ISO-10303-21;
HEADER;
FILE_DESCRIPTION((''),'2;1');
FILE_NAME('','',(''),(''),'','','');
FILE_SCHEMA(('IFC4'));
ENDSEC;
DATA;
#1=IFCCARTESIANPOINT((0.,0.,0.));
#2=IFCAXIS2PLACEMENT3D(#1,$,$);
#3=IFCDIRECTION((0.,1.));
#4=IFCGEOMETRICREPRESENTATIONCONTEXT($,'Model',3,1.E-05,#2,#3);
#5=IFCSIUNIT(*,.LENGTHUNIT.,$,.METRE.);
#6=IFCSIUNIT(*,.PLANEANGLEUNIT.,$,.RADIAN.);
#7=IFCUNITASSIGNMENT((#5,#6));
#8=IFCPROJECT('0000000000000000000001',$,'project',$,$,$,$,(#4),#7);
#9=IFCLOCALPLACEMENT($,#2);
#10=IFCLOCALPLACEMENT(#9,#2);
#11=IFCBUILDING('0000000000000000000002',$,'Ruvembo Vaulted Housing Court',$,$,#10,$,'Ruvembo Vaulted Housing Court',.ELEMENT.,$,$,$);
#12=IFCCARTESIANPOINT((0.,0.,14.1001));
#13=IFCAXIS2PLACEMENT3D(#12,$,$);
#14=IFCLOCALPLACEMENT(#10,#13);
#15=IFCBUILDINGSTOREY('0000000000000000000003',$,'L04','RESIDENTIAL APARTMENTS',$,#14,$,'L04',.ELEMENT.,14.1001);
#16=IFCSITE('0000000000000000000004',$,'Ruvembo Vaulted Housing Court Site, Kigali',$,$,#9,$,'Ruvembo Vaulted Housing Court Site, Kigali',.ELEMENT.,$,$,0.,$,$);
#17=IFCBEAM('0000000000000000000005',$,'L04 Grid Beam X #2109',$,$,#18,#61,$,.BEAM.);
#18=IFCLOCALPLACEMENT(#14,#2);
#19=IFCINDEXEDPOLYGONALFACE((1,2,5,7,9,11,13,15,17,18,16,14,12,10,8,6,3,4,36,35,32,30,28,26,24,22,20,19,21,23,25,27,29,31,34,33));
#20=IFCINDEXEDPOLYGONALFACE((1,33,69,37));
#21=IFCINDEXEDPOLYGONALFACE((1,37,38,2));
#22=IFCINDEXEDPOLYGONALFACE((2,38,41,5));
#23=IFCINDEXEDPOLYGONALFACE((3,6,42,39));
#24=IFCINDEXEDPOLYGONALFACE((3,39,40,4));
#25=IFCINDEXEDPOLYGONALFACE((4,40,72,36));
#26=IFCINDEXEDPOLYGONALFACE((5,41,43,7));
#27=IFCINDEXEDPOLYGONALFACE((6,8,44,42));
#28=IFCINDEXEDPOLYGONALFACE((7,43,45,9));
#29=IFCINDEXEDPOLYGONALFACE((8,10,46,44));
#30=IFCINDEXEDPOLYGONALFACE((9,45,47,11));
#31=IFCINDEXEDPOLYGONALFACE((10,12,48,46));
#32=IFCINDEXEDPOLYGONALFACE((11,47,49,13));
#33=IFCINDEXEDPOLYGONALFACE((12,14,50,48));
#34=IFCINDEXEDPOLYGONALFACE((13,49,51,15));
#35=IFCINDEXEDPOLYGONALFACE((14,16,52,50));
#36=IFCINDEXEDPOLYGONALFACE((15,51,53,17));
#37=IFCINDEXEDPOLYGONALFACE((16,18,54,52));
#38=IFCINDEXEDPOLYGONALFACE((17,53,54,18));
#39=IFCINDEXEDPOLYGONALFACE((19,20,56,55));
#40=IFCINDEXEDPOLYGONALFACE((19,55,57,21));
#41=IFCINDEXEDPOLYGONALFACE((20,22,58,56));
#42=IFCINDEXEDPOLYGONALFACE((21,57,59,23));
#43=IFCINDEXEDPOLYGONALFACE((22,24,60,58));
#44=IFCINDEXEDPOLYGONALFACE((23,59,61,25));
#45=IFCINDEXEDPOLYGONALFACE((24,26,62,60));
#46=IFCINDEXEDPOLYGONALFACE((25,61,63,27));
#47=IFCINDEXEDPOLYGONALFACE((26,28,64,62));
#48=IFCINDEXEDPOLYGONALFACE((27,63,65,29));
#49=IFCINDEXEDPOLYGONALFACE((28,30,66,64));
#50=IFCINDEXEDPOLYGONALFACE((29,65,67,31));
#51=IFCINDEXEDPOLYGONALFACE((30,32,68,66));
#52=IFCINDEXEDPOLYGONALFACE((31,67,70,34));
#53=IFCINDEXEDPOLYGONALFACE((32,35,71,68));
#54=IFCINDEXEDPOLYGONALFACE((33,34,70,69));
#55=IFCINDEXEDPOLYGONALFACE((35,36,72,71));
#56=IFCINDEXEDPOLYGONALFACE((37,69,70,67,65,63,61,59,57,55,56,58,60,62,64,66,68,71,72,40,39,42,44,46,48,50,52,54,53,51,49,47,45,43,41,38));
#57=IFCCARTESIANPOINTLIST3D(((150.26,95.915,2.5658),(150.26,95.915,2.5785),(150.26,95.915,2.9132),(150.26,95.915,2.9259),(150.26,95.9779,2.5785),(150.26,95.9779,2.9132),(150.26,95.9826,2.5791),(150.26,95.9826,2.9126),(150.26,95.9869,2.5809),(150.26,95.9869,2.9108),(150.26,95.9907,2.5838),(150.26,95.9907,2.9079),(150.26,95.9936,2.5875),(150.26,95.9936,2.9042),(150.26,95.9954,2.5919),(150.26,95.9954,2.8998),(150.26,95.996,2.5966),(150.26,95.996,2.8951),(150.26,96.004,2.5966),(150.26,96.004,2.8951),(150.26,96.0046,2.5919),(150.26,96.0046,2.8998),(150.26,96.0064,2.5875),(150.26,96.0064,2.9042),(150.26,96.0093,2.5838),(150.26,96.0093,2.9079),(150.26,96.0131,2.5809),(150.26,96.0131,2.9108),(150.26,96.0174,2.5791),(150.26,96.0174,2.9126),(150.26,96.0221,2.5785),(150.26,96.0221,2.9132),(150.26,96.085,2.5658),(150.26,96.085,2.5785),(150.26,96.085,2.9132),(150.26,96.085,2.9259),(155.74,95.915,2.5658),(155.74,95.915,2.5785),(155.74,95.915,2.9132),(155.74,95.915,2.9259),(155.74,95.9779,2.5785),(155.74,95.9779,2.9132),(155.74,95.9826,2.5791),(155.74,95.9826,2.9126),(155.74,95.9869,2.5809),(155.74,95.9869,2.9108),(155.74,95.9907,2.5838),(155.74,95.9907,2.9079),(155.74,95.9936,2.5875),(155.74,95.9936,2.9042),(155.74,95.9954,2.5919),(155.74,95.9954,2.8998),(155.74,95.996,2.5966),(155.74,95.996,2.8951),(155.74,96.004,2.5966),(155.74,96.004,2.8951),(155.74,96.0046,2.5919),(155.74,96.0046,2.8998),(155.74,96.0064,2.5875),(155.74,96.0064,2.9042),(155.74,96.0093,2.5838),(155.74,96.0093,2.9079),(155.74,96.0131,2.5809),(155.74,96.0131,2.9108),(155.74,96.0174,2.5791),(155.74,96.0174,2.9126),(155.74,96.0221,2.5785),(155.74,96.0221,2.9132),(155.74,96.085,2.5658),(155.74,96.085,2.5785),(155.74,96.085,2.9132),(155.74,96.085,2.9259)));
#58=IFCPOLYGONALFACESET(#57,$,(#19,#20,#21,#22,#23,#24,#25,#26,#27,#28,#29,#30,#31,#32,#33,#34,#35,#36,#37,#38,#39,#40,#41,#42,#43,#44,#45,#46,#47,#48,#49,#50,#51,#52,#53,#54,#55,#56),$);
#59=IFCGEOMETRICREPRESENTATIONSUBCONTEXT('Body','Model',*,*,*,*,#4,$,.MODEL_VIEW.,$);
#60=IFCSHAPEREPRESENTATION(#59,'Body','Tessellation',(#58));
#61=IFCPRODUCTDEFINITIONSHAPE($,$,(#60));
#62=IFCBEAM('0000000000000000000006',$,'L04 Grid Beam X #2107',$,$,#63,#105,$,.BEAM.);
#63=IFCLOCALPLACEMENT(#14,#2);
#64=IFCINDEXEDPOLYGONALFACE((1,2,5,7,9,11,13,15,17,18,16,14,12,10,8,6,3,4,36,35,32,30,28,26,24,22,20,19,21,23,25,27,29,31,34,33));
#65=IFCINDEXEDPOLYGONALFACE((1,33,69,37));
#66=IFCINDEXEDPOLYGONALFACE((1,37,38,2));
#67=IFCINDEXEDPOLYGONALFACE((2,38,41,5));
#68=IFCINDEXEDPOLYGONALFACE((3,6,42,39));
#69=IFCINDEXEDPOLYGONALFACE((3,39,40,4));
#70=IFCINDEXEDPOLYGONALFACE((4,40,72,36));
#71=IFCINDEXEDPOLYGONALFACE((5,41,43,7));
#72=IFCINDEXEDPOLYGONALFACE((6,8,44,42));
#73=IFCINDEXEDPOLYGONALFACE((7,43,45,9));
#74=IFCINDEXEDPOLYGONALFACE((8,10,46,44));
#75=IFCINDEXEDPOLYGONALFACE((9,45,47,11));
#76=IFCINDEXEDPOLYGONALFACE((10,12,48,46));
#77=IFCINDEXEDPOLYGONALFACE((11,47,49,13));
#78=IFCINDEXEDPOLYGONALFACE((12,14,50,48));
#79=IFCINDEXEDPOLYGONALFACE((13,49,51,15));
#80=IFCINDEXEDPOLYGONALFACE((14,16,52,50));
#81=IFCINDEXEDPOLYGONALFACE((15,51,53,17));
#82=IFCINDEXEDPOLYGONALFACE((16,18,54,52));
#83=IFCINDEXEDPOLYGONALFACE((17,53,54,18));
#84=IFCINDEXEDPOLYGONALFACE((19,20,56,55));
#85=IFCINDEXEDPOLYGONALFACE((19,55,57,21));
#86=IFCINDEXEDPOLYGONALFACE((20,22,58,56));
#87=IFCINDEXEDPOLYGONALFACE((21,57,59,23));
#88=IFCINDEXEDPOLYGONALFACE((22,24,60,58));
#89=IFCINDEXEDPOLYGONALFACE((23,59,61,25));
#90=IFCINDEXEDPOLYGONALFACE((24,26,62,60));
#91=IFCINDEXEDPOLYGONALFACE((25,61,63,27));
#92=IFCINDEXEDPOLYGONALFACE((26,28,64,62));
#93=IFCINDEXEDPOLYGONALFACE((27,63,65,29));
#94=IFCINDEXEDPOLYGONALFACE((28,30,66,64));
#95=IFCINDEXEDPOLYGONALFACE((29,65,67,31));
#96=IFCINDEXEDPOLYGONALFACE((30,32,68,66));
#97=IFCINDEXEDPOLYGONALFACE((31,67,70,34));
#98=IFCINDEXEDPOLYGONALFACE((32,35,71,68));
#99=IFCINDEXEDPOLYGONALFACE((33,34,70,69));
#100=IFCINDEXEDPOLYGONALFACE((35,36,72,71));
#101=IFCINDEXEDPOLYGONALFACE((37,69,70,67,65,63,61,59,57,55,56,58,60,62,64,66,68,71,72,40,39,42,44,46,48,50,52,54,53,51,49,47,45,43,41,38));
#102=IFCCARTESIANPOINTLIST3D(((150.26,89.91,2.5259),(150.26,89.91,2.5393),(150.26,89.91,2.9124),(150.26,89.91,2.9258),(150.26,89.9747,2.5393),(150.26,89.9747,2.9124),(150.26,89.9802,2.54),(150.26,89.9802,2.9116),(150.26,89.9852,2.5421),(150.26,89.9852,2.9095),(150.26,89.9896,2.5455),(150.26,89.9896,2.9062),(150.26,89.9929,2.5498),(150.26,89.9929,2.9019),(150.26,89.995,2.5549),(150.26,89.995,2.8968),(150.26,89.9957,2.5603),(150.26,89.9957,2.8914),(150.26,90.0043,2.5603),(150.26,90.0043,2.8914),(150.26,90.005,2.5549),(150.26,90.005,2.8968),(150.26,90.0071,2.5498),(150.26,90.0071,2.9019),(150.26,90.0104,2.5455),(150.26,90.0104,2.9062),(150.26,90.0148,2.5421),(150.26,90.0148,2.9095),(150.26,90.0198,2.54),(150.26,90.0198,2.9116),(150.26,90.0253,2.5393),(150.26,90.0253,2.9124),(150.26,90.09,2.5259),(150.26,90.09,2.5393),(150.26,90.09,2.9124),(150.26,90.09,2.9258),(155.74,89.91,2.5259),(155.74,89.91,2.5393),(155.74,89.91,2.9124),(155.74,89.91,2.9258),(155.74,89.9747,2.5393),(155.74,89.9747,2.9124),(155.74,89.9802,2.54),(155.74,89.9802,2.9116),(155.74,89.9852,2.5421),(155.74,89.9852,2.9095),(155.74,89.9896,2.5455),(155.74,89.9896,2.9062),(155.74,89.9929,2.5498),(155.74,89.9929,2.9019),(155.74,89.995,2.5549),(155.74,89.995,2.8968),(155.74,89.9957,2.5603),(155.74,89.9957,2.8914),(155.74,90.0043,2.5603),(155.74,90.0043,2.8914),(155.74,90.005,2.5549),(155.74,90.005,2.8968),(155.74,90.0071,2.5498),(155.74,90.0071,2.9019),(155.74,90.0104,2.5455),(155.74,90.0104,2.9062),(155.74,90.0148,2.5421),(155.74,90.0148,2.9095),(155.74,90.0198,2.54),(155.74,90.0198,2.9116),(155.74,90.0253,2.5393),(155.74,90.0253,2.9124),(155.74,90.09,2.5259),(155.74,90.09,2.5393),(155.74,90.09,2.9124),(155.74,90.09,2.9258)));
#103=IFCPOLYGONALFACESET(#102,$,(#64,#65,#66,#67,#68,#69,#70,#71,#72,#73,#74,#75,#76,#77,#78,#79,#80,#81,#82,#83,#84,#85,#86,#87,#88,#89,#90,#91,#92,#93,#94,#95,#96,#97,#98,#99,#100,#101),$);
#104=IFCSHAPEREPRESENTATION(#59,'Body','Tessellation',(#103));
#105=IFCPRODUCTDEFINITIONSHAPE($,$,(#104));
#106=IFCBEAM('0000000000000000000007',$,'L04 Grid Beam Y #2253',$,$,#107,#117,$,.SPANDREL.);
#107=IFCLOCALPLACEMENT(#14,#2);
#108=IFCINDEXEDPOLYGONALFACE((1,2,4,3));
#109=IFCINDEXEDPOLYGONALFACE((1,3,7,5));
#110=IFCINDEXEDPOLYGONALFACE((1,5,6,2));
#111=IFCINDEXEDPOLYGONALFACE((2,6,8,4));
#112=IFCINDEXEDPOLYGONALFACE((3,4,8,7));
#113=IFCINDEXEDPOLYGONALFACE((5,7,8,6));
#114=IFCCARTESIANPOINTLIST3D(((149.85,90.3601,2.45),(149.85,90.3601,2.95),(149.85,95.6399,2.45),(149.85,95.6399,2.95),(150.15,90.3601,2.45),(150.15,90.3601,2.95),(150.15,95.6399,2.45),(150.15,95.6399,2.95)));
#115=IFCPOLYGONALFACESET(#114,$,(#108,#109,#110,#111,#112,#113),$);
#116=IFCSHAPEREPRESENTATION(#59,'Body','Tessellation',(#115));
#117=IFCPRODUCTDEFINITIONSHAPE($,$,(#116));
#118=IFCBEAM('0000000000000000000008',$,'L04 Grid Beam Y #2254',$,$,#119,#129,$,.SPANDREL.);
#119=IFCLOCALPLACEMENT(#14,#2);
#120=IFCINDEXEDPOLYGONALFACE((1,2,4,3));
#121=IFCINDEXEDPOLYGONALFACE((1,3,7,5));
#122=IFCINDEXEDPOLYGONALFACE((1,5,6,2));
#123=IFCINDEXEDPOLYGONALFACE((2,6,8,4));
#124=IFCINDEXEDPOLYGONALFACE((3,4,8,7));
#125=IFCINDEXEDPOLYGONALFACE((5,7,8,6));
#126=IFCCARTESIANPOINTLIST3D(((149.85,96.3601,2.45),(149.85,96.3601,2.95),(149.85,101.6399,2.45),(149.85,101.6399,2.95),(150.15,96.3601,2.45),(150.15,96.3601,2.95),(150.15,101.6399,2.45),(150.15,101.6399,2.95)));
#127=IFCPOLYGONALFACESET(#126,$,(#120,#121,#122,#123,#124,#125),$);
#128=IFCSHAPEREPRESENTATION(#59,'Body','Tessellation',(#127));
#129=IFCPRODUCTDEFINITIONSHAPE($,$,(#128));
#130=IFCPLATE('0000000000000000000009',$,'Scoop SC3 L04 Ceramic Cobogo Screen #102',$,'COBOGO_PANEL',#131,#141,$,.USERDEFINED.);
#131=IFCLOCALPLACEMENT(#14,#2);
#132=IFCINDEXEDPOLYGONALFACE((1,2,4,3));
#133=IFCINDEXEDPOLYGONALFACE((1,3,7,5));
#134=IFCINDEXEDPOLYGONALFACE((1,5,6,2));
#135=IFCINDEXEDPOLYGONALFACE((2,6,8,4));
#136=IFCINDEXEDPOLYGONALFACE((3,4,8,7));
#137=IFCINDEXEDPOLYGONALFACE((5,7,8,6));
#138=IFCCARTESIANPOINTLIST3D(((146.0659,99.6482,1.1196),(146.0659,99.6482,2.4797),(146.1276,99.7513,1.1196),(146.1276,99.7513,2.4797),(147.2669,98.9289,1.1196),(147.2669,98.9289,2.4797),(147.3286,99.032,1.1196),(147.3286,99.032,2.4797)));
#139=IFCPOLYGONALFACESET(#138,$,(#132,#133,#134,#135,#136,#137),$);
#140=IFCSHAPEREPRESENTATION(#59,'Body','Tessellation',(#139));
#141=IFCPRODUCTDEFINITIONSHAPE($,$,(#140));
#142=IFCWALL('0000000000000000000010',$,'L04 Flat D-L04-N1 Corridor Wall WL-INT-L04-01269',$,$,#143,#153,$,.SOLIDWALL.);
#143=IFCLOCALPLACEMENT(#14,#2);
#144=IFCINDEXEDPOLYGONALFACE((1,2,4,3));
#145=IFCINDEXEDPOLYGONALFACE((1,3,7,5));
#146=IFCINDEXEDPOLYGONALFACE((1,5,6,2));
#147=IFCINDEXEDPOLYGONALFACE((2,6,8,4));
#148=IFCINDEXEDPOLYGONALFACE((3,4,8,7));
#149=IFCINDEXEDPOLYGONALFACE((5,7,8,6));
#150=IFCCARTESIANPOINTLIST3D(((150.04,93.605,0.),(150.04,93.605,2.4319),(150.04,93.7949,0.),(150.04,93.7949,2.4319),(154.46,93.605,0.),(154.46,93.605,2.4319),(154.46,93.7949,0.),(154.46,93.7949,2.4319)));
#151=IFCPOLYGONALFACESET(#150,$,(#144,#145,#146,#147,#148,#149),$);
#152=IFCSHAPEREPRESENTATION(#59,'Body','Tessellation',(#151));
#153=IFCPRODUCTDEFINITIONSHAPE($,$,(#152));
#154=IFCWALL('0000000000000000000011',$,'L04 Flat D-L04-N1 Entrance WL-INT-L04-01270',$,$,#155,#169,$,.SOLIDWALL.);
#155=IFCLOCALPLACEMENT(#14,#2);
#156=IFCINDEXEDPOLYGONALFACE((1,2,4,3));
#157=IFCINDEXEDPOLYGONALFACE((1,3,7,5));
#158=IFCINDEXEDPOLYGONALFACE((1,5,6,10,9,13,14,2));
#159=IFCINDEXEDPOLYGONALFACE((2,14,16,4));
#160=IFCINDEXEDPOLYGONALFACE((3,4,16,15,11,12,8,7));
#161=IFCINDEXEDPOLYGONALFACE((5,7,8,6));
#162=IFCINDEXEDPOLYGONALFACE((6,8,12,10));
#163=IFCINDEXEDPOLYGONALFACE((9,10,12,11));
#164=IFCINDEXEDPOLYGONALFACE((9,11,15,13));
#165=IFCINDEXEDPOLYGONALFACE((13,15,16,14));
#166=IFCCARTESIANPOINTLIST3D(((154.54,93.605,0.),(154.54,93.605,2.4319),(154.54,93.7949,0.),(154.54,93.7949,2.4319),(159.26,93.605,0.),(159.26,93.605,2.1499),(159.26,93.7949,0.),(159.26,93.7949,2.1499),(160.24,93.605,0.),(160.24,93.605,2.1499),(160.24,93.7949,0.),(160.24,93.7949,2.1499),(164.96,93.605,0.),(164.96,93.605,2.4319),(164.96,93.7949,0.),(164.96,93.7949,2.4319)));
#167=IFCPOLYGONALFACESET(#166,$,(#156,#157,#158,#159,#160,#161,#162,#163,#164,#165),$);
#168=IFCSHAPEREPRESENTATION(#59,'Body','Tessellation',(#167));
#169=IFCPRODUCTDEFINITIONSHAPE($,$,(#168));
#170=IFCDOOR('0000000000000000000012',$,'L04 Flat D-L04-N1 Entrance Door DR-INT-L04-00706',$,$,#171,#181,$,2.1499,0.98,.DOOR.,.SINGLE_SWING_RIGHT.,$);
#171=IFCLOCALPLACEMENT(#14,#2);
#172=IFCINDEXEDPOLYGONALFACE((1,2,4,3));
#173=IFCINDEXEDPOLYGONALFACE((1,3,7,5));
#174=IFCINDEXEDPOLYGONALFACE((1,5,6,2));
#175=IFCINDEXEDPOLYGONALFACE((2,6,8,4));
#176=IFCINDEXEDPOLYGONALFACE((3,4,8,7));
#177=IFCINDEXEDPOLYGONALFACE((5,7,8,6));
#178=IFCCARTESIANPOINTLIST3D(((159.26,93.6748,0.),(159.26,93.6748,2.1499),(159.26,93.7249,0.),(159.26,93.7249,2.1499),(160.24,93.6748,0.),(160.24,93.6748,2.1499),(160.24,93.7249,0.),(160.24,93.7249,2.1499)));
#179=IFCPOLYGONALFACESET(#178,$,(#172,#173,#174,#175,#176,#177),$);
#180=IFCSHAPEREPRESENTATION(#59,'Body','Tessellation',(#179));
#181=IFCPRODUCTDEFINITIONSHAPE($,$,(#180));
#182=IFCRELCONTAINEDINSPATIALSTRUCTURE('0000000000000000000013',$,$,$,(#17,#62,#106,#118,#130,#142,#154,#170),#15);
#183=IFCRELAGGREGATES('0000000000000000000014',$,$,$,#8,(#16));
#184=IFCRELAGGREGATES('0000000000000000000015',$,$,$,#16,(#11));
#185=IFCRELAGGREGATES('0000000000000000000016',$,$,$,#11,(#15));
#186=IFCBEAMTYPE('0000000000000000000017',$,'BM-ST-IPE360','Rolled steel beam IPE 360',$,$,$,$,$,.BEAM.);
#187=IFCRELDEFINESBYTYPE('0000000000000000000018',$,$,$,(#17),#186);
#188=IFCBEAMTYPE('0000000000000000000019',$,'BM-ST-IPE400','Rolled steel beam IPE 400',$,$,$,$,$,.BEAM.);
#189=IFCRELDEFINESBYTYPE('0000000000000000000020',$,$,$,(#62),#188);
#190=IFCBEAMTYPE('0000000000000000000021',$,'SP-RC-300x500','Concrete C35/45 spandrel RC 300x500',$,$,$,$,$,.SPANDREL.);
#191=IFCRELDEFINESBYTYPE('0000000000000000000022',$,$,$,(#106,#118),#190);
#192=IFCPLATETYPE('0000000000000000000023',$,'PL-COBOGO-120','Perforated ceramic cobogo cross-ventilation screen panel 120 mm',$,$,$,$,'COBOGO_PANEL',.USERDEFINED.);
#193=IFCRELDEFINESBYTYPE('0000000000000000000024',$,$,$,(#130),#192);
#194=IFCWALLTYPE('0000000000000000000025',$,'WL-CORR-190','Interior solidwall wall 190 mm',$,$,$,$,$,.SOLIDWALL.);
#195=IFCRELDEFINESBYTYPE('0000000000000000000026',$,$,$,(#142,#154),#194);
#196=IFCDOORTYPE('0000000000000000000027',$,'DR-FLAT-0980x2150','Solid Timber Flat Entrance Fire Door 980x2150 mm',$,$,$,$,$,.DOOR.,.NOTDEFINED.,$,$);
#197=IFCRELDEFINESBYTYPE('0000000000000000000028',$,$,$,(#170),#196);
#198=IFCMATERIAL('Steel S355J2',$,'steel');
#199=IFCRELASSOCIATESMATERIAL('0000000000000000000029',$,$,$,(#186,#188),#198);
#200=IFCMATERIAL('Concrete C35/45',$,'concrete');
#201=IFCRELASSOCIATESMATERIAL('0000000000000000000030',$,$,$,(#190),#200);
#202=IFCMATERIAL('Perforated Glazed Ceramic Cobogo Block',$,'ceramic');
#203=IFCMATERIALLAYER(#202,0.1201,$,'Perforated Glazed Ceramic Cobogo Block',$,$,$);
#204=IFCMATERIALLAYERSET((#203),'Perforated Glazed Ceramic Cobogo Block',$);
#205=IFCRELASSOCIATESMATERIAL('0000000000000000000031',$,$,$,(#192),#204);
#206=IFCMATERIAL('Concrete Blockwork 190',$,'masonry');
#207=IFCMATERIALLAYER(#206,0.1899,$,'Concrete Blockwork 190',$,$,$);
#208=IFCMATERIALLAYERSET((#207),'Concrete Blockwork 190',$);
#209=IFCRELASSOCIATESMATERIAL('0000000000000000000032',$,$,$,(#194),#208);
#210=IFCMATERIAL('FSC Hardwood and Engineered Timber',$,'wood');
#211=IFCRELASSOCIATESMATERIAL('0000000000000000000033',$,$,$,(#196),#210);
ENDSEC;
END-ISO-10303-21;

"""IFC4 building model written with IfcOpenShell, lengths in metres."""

from ifc_helpers import new_model, si_unit, direction, frame, frame_2d, origin, origin_2d, place, context, subcontext, project, spatial, rectangle, i_section, extrude, material, layer, layer_set, material_profile, profile_set, type_object, element, fill, save


model = new_model("IFC4")

# Units and contexts
model_context = context("Model", 3, precision=1e-05, world=origin(), true_north=direction((0.0, 1.0)))
body_context = subcontext(model_context, "Body", "Model", "MODEL_VIEW")
ifc_project = project(units=[si_unit("LENGTHUNIT", "METRE"), si_unit("PLANEANGLEUNIT", "RADIAN")], contexts=[model_context])

# Site, building, storey
site_placement = place(None, origin())
site = spatial("IfcSite", under=ifc_project, at=site_placement, Name="Ruvembo Vaulted Housing Court Site, Kigali", LongName="Ruvembo Vaulted Housing Court Site, Kigali", CompositionType="ELEMENT", RefElevation=0.0)
building_placement = place(site_placement, origin())
building = spatial("IfcBuilding", under=site, at=building_placement, Name="Ruvembo Vaulted Housing Court", LongName="Ruvembo Vaulted Housing Court", CompositionType="ELEMENT")
storey_placement = place(building_placement, frame((0.0, 0.0, 14.1001)))
storey = spatial("IfcBuildingStorey", under=building, at=storey_placement, Name="L04", Description="RESIDENTIAL APARTMENTS", LongName="L04", CompositionType="ELEMENT", Elevation=14.1001)

# Shared definitions
ifc_material_1 = material(Name="Concrete C35/45", Category="concrete")

# Beams
ifc_material_2 = material(Name="Steel S355J2", Category="steel")
ifc_material_profile_1 = material_profile(ifc_material_2, i_section(OverallWidth=0.1699, OverallDepth=0.3601, WebThickness=0.0081, FlangeThickness=0.0127, FilletRadius=0.0181, at=origin_2d()), Name="IPE 360")
ifc_profile_set_1 = profile_set([ifc_material_profile_1], Name="Steel S355J2")
beam_type_1 = type_object("IfcBeamType", Name="BM-ST-IPE360", Description="Rolled steel beam IPE 360", PredefinedType="BEAM", material=ifc_profile_set_1)
beam_1_placement = place(storey_placement, frame((150.26, 96.0, 2.7458), z_axis=(1.0, 0.0, 0.0), x_axis=(0.0, 1.0, 0.0)))
element("IfcBeam", 1, at=beam_1_placement, inside=storey, type_object=beam_type_1, Name="L04 Grid Beam X #2109", PredefinedType="BEAM", context=body_context, shape_type="SweptSolid", body=[
    extrude(i_section(OverallWidth=0.1699, OverallDepth=0.3601, WebThickness=0.0081, FlangeThickness=0.0127, FilletRadius=0.0181, at=origin_2d()), origin(), (0.0, 0.0, 1.0), 5.48),
])
ifc_material_profile_2 = material_profile(ifc_material_2, i_section(OverallWidth=0.1799, OverallDepth=0.3999, WebThickness=0.0085, FlangeThickness=0.0134, FilletRadius=0.021, at=origin_2d()), Name="IPE 400")
ifc_profile_set_2 = profile_set([ifc_material_profile_2], Name="Steel S355J2")
beam_type_2 = type_object("IfcBeamType", Name="BM-ST-IPE400", Description="Rolled steel beam IPE 400", PredefinedType="BEAM", material=ifc_profile_set_2)
beam_2_placement = place(storey_placement, frame((150.26, 90.0, 2.7258), z_axis=(1.0, 0.0, 0.0), x_axis=(0.0, 1.0, 0.0)))
element("IfcBeam", 2, at=beam_2_placement, inside=storey, type_object=beam_type_2, Name="L04 Grid Beam X #2107", PredefinedType="BEAM", context=body_context, shape_type="SweptSolid", body=[
    extrude(i_section(OverallWidth=0.1799, OverallDepth=0.3999, WebThickness=0.0085, FlangeThickness=0.0134, FilletRadius=0.021, at=origin_2d()), origin(), (0.0, 0.0, 1.0), 5.48),
])
ifc_material_profile_3 = material_profile(ifc_material_1, rectangle(XDim=0.3, YDim=0.5, at=origin_2d()), Name="RC 300x500")
ifc_profile_set_3 = profile_set([ifc_material_profile_3], Name="Concrete C35/45")
beam_type_3 = type_object("IfcBeamType", Name="SP-RC-300x500", Description="Concrete C35/45 spandrel RC 300x500", PredefinedType="SPANDREL", material=ifc_profile_set_3)
for number, where, z_axis, x_axis, name in (
    (3, (150.0, 90.3601, 2.7), (0.0, 1.0, 0.0), (-1.0, 0.0, 0.0), "L04 Grid Beam Y #2253"),
    (4, (150.0, 96.3601, 2.7), (0.0, 1.0, 0.0), (-1.0, 0.0, 0.0), "L04 Grid Beam Y #2254"),
):
    element("IfcBeam", number, at=place(storey_placement, frame(where, z_axis=z_axis, x_axis=x_axis)), inside=storey, type_object=beam_type_3, Name=name, PredefinedType="SPANDREL", context=body_context, shape_type="SweptSolid", body=[
        extrude(rectangle(XDim=0.3, YDim=0.5, at=origin_2d()), origin(), (0.0, 0.0, 1.0), 5.2798),
    ])

# Plate
ifc_material_3 = material(Name="Perforated Glazed Ceramic Cobogo Block", Category="ceramic")
ifc_layer_1 = layer(ifc_material_3, 0.1201, Name="Perforated Glazed Ceramic Cobogo Block")
ifc_layer_set_1 = layer_set([ifc_layer_1], Name="Perforated Glazed Ceramic Cobogo Block")
plate_type = type_object("IfcPlateType", Name="PL-COBOGO-120", Description="Perforated ceramic cobogo cross-ventilation screen panel 120 mm", ElementType="COBOGO_PANEL", PredefinedType="USERDEFINED", material=ifc_layer_set_1)
plate_placement = place(storey_placement, frame((146.6973, 99.3401, 1.1196), z_axis=(0.0, 0.0, 1.0), x_axis=(0.857895, -0.513826, 0.0)))
element("IfcPlate", 5, at=plate_placement, inside=storey, type_object=plate_type, Name="Scoop SC3 L04 Ceramic Cobogo Screen #102", ObjectType="COBOGO_PANEL", PredefinedType="USERDEFINED", context=body_context, shape_type="SweptSolid", body=[
    extrude(rectangle(XDim=1.3999, YDim=0.1201, at=origin_2d()), origin(), (0.0, 0.0, 1.0), 1.3601),
])

# Wall
ifc_material_4 = material(Name="Concrete Blockwork 190", Category="masonry")
ifc_layer_2 = layer(ifc_material_4, 0.1899, Name="Concrete Blockwork 190")
ifc_layer_set_2 = layer_set([ifc_layer_2], Name="Concrete Blockwork 190")
wall_type_1 = type_object("IfcWallType", Name="WL-CORR-190", Description="Interior solidwall wall 190 mm", PredefinedType="SOLIDWALL", material=ifc_layer_set_2)
wall_1_placement = place(storey_placement, frame((150.04, 93.7, 0.0), z_axis=(0.0, 0.0, 1.0), x_axis=(1.0, 0.0, 0.0)))
element("IfcWall", 6, at=wall_1_placement, inside=storey, type_object=wall_type_1, Name="L04 Flat D-L04-N1 Corridor Wall WL-INT-L04-01269", PredefinedType="SOLIDWALL", context=body_context, shape_type="SweptSolid", body=[
    extrude(rectangle(XDim=4.4199, YDim=0.1899, at=frame_2d((2.21, 0.0))), origin(), (0.0, 0.0, 1.0), 2.4319),
])

# Wall, opening, door
wall_2_placement = place(storey_placement, frame((154.54, 93.7, 0.0), z_axis=(0.0, 0.0, 1.0), x_axis=(1.0, 0.0, 0.0)))
wall_2 = element("IfcWall", 7, at=wall_2_placement, inside=storey, type_object=wall_type_1, Name="L04 Flat D-L04-N1 Entrance WL-INT-L04-01270", PredefinedType="SOLIDWALL", context=body_context, shape_type="SweptSolid", body=[
    extrude(rectangle(XDim=10.4199, YDim=0.1899, at=frame_2d((5.21, 0.0))), origin(), (0.0, 0.0, 1.0), 2.4319),
])
opening_1_placement = place(wall_2_placement, frame((4.72, 0.0, 0.0)))
opening_1 = element("IfcOpeningElement", 8, at=opening_1_placement, cuts=wall_2, PredefinedType="OPENING", context=body_context, shape_type="SweptSolid", body=[
    extrude(rectangle(XDim=0.98, YDim=2.1499, at=frame_2d((0.49, 1.075))), frame((0.0, 0.105, 0.0), z_axis=(0.0, -1.0, 0.0), x_axis=(1.0, 0.0, 0.0)), (0.0, 0.0, 1.0), 0.21),
])
ifc_material_5 = material(Name="FSC Hardwood and Engineered Timber", Category="wood")
door_type_1 = type_object("IfcDoorType", Name="DR-FLAT-0980x2150", Description="Solid Timber Flat Entrance Fire Door 980x2150 mm", OperationType="NOTDEFINED", PredefinedType="DOOR", material=ifc_material_5)
door_1_placement = place(opening_1_placement, origin())
door_1 = element("IfcDoor", 9, at=door_1_placement, inside=storey, type_object=door_type_1, Name="L04 Flat D-L04-N1 Entrance Door DR-INT-L04-00706", OperationType="SINGLE_SWING_RIGHT", OverallHeight=2.1499, OverallWidth=0.98, PredefinedType="DOOR", context=body_context, shape_type="SweptSolid", body=[
    extrude(rectangle(XDim=0.98, YDim=2.1499, at=frame_2d((0.49, 1.075))), frame((0.0, 0.0249, 0.0), z_axis=(0.0, -1.0, 0.0), x_axis=(1.0, 0.0, 0.0)), (0.0, 0.0, 1.0), 0.05),
])
fill(opening_1, door_1)

save(model, "model.ifc")
